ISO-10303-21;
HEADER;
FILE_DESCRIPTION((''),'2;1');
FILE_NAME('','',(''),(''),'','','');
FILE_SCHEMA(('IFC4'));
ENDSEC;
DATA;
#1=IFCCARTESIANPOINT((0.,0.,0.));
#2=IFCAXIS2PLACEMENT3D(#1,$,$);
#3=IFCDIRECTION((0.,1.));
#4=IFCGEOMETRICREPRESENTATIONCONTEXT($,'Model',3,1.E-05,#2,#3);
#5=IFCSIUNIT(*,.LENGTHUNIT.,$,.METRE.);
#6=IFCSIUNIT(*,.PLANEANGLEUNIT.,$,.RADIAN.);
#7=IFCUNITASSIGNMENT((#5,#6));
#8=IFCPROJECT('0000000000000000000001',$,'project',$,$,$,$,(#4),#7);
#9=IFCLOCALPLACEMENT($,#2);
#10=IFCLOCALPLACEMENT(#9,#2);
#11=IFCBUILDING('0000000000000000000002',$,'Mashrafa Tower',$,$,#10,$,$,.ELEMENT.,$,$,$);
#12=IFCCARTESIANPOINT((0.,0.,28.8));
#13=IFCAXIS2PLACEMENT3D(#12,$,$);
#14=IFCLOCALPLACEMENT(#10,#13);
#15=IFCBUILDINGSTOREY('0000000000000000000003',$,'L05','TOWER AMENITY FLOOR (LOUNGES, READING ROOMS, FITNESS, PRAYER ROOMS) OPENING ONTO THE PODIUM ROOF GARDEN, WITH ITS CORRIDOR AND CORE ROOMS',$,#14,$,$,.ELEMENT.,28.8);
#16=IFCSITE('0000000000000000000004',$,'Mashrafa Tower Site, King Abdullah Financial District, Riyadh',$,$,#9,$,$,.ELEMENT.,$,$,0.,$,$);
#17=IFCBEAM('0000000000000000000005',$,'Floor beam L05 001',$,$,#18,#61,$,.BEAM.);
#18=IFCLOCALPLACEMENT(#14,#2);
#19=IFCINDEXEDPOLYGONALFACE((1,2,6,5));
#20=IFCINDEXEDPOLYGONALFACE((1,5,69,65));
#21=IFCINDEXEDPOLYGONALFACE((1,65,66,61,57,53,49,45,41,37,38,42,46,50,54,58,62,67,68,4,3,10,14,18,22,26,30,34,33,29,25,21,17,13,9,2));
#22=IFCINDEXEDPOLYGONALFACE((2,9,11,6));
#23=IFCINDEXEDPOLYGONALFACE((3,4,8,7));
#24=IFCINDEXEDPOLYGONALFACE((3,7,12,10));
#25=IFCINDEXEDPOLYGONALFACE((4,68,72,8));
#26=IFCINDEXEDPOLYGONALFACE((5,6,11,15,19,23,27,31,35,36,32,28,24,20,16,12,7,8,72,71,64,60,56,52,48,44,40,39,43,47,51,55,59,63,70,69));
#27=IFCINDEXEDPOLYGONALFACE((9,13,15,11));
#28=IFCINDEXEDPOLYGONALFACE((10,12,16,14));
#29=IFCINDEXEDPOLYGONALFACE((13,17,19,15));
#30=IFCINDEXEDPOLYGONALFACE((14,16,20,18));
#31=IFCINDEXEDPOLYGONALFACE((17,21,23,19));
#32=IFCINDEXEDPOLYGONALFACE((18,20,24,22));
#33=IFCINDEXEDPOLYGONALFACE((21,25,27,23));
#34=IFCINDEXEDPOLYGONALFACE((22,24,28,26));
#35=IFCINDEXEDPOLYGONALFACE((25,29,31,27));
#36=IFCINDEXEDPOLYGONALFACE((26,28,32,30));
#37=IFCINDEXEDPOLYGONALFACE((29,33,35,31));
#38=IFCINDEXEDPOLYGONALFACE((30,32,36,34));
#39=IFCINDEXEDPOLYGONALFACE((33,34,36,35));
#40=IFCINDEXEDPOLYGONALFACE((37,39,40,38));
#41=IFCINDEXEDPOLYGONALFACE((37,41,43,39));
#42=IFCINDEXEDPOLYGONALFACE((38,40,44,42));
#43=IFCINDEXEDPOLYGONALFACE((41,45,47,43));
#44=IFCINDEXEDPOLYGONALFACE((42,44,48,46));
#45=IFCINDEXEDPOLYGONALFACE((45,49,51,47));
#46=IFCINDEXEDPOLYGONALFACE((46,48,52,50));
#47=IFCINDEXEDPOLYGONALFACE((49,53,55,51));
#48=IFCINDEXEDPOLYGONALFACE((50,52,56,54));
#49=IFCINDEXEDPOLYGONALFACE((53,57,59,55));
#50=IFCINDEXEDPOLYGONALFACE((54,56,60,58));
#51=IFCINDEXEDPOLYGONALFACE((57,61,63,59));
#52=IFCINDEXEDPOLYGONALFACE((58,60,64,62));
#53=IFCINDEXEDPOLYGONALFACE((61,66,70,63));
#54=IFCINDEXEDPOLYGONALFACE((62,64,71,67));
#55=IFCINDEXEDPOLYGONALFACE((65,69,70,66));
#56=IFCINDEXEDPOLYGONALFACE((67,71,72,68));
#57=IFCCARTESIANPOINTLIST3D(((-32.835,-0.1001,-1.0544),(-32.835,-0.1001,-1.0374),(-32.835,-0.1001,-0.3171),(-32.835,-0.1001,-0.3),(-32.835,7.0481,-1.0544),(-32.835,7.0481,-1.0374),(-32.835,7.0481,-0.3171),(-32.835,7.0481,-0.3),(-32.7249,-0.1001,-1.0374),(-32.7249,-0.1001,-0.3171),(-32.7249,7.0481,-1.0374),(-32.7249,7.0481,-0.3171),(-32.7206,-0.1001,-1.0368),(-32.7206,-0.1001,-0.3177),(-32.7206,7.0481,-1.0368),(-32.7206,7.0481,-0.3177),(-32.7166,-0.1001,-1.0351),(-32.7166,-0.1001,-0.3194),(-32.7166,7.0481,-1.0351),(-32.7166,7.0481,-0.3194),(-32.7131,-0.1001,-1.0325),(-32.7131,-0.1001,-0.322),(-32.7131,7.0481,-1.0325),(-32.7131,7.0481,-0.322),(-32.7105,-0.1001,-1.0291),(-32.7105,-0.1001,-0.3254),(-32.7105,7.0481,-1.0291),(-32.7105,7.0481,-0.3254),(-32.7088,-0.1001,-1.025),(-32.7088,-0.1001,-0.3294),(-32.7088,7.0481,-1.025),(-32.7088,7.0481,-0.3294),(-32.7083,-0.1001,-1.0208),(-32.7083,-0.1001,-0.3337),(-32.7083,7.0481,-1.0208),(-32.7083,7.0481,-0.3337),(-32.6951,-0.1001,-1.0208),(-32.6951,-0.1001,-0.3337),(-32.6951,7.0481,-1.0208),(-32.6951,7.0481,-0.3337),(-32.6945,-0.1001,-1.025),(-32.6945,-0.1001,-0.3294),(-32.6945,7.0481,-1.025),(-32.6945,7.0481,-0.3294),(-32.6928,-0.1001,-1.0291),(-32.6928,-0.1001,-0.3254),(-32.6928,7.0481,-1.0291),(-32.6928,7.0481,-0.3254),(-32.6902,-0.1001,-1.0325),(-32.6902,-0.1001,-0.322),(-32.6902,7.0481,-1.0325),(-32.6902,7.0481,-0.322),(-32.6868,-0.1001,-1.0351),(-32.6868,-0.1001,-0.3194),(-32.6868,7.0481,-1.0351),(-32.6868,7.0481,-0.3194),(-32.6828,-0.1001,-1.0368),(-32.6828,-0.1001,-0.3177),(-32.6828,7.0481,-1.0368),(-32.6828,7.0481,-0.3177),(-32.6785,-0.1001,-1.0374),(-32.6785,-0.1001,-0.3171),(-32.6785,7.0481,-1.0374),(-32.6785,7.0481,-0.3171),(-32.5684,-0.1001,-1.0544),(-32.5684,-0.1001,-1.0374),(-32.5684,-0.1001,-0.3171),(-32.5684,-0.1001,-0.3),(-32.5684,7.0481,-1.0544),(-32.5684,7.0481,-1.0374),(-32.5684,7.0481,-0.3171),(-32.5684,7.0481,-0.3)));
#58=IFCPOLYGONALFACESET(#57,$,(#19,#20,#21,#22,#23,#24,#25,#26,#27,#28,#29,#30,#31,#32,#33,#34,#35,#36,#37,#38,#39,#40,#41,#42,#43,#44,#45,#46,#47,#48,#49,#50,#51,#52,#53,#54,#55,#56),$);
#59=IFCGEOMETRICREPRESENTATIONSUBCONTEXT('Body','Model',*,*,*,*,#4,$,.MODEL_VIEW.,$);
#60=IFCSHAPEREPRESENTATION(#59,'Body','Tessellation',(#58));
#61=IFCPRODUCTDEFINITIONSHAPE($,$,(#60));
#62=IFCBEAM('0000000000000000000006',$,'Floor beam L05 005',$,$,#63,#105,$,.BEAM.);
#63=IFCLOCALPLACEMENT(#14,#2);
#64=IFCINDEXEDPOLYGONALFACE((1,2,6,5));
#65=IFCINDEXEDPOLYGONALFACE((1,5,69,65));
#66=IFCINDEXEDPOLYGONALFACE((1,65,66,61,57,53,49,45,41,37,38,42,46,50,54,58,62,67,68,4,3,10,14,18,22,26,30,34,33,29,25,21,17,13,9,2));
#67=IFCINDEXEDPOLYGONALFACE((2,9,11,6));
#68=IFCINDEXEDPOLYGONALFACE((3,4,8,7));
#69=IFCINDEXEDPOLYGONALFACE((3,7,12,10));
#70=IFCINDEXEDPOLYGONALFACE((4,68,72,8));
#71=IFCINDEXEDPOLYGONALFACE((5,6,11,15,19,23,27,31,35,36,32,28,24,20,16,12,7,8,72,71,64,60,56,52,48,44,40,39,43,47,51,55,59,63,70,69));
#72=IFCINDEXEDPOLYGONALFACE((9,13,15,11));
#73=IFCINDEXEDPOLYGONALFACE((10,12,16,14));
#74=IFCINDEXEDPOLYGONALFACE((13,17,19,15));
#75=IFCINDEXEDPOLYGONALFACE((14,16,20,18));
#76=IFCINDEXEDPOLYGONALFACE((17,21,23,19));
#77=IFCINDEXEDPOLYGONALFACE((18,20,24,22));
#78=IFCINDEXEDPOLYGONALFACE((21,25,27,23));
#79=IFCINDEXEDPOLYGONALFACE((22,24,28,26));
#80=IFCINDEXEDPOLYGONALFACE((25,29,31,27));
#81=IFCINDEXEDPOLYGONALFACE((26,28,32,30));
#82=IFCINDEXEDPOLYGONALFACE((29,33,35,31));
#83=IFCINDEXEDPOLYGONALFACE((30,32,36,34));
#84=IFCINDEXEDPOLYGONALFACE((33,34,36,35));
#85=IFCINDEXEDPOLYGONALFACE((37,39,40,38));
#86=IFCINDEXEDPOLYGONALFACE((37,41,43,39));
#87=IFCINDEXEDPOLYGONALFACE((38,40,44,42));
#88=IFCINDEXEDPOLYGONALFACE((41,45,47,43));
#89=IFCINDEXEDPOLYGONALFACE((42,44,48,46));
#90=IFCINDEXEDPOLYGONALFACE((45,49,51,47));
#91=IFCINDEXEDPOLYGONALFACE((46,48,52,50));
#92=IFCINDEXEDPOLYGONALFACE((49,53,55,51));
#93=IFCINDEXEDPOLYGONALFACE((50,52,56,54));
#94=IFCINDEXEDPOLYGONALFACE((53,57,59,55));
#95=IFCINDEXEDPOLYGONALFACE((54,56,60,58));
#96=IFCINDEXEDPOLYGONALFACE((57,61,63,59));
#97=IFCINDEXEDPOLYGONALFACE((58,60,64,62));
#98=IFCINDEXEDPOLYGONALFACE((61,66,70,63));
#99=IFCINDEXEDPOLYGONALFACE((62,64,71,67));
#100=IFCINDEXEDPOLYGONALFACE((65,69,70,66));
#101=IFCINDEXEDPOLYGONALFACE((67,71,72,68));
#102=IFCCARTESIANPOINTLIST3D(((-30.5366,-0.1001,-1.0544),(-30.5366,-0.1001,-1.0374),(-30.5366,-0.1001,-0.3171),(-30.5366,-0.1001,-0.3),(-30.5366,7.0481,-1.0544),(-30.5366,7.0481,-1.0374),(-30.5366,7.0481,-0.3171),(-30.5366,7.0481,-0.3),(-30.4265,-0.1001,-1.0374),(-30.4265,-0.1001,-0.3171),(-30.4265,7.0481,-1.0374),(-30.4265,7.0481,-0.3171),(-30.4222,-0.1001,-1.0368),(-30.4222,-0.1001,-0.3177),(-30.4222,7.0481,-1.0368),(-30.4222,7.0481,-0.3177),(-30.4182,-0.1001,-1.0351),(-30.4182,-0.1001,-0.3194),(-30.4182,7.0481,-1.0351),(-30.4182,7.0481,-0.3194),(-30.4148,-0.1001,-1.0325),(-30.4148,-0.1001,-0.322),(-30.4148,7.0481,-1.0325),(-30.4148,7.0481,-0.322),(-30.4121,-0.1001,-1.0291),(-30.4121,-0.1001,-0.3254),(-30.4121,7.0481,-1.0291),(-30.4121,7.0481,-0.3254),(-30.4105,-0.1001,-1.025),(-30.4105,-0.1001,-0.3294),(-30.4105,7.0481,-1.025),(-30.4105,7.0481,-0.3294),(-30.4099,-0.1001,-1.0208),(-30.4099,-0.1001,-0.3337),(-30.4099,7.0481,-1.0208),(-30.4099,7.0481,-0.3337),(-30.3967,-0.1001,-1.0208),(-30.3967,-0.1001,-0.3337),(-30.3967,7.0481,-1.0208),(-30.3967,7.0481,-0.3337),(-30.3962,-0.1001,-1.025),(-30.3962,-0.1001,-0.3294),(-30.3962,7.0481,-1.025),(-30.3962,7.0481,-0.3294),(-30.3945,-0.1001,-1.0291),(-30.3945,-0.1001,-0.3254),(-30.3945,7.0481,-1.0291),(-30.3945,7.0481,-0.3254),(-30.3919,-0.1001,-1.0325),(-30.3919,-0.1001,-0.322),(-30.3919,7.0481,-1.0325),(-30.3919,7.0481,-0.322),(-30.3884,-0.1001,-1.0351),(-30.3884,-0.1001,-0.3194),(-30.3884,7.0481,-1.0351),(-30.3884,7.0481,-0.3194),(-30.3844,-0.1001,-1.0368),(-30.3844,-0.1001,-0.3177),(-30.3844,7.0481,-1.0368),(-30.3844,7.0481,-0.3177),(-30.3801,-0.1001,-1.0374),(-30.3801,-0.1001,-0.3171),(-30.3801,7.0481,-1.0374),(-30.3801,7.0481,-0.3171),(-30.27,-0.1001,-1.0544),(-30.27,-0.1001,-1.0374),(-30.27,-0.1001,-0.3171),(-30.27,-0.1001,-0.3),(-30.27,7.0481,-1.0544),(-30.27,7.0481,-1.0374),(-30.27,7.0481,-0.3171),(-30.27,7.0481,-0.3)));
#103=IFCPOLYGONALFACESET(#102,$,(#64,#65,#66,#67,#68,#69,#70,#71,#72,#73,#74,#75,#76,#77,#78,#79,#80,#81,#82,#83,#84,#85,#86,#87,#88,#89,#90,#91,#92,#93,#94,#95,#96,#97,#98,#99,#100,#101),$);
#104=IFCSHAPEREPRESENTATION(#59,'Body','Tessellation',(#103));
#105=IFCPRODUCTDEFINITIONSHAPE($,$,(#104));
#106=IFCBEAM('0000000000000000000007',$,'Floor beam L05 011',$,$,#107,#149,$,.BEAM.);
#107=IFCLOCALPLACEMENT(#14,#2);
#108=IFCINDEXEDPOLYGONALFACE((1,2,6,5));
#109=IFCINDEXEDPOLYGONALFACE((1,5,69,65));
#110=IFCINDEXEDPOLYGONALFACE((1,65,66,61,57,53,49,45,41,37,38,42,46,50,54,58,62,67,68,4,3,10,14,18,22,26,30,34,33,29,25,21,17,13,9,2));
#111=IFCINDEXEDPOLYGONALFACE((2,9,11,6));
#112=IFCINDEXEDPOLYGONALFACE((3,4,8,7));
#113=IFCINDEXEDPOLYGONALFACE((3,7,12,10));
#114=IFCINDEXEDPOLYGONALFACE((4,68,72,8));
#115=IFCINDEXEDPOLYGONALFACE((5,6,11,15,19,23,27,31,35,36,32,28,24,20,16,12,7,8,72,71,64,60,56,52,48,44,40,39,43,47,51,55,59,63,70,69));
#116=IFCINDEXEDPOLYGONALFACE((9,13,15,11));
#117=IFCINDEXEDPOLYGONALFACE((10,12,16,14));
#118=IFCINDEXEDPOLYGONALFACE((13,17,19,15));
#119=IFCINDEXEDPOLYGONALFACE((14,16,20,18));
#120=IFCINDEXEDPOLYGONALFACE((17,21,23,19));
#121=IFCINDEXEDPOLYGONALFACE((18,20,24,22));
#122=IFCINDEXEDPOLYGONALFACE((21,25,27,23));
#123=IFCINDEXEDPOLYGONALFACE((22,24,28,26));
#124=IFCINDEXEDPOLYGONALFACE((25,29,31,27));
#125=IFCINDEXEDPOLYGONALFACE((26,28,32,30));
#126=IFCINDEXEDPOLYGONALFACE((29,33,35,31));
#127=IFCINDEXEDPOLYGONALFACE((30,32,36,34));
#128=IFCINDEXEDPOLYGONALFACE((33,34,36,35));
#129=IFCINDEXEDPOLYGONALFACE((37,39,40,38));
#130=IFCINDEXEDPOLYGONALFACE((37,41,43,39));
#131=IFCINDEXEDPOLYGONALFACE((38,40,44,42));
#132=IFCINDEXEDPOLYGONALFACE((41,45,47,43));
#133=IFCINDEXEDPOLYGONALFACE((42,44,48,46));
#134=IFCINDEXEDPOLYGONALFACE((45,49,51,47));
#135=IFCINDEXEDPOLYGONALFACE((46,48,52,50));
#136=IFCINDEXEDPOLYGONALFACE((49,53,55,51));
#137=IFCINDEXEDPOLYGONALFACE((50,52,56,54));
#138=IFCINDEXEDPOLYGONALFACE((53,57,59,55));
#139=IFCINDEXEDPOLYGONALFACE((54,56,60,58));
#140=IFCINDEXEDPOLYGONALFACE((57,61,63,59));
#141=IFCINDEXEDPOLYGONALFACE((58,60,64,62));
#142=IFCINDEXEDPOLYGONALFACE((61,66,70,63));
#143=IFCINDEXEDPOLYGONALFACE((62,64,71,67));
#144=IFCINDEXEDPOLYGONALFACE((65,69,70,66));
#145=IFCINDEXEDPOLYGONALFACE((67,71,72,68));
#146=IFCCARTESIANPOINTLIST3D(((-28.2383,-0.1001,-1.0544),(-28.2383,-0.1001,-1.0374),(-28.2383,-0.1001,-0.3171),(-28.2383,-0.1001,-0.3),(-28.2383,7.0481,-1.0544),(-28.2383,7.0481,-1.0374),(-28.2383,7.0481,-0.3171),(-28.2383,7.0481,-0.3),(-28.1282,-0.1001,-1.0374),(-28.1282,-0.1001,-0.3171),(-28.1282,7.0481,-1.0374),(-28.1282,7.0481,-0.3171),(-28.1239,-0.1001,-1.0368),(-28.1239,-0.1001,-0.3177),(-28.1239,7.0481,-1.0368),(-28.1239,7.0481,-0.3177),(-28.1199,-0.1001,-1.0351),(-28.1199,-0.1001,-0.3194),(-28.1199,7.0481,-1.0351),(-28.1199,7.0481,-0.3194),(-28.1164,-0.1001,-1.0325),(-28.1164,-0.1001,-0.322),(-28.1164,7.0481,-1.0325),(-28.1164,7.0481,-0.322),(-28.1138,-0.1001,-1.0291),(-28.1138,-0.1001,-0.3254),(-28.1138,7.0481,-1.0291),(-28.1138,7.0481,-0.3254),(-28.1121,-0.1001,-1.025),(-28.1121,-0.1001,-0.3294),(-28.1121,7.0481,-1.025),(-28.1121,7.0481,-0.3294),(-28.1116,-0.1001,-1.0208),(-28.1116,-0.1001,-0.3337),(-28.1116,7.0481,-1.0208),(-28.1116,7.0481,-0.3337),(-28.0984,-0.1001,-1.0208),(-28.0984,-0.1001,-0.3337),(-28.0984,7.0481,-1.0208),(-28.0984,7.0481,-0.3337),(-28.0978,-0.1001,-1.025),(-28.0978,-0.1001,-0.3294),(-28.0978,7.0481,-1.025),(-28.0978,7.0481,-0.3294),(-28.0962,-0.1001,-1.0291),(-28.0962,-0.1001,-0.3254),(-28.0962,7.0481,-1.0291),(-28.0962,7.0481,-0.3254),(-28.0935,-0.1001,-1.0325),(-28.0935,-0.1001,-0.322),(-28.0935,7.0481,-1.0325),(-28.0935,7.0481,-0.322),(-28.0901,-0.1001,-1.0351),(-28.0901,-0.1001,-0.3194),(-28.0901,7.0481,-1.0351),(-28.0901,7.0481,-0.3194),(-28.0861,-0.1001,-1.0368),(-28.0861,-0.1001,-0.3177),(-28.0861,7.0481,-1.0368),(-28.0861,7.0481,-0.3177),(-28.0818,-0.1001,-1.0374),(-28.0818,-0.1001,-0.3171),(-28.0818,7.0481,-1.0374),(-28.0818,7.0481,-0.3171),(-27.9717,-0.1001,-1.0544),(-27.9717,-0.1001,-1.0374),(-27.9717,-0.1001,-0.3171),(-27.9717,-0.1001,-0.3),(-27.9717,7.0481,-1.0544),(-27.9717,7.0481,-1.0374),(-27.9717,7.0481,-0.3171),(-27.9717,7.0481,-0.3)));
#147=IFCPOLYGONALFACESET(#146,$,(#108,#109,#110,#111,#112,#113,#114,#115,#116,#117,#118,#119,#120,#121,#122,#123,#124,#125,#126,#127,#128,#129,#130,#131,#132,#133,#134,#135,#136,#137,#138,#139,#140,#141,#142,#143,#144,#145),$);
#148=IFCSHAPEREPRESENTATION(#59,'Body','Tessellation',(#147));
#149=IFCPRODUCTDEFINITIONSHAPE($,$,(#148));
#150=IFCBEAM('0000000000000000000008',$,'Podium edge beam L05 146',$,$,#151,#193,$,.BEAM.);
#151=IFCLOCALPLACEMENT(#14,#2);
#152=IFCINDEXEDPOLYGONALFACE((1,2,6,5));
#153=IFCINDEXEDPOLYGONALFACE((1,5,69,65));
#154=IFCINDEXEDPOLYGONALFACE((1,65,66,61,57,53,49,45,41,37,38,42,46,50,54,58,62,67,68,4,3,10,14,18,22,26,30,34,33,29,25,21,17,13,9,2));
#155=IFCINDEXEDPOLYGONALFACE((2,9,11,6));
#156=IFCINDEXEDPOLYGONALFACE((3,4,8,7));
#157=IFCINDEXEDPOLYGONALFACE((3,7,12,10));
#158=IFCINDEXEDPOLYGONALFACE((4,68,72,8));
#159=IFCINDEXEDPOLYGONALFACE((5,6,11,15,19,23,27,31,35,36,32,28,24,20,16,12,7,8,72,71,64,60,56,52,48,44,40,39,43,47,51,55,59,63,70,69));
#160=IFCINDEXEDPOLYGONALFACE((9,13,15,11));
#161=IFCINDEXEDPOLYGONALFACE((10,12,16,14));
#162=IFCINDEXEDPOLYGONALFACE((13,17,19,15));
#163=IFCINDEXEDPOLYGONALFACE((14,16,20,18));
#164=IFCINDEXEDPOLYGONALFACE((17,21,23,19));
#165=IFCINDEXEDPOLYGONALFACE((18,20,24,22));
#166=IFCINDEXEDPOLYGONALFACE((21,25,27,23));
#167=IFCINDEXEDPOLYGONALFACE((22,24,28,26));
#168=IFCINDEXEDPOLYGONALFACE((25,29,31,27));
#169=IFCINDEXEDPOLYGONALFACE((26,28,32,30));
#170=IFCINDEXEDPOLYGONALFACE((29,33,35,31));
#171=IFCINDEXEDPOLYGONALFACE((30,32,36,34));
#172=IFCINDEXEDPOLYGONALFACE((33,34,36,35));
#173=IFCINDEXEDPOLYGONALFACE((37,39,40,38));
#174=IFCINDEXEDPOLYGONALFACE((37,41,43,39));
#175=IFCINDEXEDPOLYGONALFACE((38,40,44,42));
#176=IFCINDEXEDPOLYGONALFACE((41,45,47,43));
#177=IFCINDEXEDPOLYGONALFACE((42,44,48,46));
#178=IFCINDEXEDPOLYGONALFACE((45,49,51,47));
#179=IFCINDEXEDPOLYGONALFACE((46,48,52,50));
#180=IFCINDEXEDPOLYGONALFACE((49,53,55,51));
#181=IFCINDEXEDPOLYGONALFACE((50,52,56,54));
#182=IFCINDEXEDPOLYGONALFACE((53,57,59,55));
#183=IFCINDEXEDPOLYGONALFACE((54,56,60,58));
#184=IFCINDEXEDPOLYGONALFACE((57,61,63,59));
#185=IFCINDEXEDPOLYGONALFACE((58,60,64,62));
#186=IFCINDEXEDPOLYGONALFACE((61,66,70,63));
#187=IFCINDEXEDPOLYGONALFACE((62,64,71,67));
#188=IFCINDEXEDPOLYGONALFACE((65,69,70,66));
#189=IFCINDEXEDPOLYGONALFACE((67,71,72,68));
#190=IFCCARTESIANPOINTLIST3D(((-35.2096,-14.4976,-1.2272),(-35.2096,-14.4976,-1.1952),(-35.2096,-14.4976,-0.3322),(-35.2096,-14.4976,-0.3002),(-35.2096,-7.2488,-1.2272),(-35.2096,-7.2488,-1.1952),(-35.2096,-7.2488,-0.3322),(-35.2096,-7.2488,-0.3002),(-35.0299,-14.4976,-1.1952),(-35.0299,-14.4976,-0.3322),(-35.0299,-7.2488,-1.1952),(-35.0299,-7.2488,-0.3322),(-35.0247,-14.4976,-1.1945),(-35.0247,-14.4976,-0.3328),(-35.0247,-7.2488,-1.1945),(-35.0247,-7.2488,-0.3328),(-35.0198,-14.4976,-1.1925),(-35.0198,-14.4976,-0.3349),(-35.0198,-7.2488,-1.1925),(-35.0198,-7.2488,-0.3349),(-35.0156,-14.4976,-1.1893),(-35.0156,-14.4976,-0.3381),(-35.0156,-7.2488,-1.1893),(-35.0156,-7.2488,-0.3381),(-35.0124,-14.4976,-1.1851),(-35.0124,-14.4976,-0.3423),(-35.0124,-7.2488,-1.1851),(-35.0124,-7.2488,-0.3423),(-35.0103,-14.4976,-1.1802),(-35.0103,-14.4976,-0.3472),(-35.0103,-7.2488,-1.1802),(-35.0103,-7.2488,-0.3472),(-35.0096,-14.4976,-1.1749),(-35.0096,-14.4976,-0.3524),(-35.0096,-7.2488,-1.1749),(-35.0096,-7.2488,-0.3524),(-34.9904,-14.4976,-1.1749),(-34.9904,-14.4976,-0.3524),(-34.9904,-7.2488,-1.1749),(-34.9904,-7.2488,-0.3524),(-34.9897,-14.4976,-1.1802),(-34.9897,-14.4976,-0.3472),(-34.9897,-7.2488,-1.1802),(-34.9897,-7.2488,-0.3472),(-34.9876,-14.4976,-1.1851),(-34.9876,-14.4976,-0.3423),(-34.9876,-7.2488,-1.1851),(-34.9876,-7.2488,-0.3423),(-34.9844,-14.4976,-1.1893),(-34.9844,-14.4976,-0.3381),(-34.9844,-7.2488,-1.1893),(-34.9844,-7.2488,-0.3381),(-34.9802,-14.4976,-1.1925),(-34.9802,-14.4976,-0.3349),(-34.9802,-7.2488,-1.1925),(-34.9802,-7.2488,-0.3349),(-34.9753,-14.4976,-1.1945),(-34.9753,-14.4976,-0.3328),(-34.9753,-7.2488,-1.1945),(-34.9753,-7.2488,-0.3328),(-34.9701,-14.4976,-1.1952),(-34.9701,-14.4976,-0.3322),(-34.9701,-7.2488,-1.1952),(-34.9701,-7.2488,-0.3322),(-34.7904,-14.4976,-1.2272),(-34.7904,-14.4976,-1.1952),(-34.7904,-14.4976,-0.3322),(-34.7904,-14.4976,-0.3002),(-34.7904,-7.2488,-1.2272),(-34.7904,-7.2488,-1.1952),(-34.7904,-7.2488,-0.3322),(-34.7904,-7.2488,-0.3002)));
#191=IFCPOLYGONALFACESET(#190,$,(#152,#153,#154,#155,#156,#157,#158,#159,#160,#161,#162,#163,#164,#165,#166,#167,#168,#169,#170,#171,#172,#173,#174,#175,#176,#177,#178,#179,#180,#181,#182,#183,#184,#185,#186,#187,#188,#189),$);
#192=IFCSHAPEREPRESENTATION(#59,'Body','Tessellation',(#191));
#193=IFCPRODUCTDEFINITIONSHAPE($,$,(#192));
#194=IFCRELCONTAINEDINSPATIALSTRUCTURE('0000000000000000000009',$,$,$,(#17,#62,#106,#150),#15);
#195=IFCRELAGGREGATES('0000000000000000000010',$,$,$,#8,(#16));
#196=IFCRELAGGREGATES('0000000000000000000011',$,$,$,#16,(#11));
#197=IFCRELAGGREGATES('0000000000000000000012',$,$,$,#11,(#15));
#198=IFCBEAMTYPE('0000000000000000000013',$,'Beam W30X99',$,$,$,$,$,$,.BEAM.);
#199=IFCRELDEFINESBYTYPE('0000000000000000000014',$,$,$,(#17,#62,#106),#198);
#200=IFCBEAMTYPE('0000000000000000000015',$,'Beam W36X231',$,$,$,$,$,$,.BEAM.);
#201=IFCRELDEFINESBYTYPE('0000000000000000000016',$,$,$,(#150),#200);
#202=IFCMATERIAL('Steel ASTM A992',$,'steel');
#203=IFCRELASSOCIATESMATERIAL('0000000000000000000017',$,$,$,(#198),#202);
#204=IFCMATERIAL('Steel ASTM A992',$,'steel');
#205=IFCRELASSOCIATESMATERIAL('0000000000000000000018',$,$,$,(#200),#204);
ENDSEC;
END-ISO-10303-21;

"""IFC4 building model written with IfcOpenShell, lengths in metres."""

from ifc_helpers import new_model, si_unit, direction, frame, origin, origin_2d, place, context, subcontext, project, spatial, i_section, extrude, material, material_profile, profile_set, type_object, element, save


model = new_model("IFC4")

# Units and contexts
model_context = context("Model", 3, precision=1e-05, world=origin(), true_north=direction((0.0, 1.0)))
body_context = subcontext(model_context, "Body", "Model", "MODEL_VIEW")
ifc_project = project(units=[si_unit("LENGTHUNIT", "METRE"), si_unit("PLANEANGLEUNIT", "RADIAN")], contexts=[model_context])

# Site, building, storey
site_placement = place(None, origin())
site = spatial("IfcSite", under=ifc_project, at=site_placement, Name="Mashrafa Tower Site, King Abdullah Financial District, Riyadh", CompositionType="ELEMENT", RefElevation=0.0)
building_placement = place(site_placement, origin())
building = spatial("IfcBuilding", under=site, at=building_placement, Name="Mashrafa Tower", CompositionType="ELEMENT")
storey_placement = place(building_placement, frame((0.0, 0.0, 28.8)))
storey = spatial("IfcBuildingStorey", under=building, at=storey_placement, Name="L05", Description="TOWER AMENITY FLOOR (LOUNGES, READING ROOMS, FITNESS, PRAYER ROOMS) OPENING ONTO THE PODIUM ROOF GARDEN, WITH ITS CORRIDOR AND CORE ROOMS", CompositionType="ELEMENT", Elevation=28.8)

# Beams
ifc_material_1 = material(Name="Steel ASTM A992", Category="steel")
ifc_material_profile_1 = material_profile(ifc_material_1, i_section(OverallWidth=0.2666, OverallDepth=0.7544, WebThickness=0.0132, FlangeThickness=0.0171, FilletRadius=0.0166, at=origin_2d()), Name="W30X99")
ifc_profile_set_1 = profile_set([ifc_material_profile_1], Name="Steel ASTM A992")
beam_type_1 = type_object("IfcBeamType", Name="Beam W30X99", PredefinedType="BEAM", material=ifc_profile_set_1)
for number, where, z_axis, x_axis, name in (
    (1, (-32.7017, -0.1001, -0.6772), (0.0, 1.0, 0.0), (-1.0, 0.0, 0.0), "Floor beam L05 001"),
    (2, (-30.4033, -0.1001, -0.6772), (0.0, 1.0, 0.0), (-1.0, 0.0, 0.0), "Floor beam L05 005"),
    (3, (-28.105, -0.1001, -0.6772), (0.0, 1.0, 0.0), (-1.0, 0.0, 0.0), "Floor beam L05 011"),
):
    element("IfcBeam", number, at=place(storey_placement, frame(where, z_axis=z_axis, x_axis=x_axis)), inside=storey, type_object=beam_type_1, Name=name, PredefinedType="BEAM", context=body_context, shape_type="SweptSolid", body=[
        extrude(i_section(OverallWidth=0.2666, OverallDepth=0.7544, WebThickness=0.0132, FlangeThickness=0.0171, FilletRadius=0.0166, at=origin_2d()), origin(), (0.0, 0.0, 1.0), 7.1482),
    ])
ifc_material_2 = material(Name="Steel ASTM A992", Category="steel")
ifc_material_profile_2 = material_profile(ifc_material_2, i_section(OverallWidth=0.4192, OverallDepth=0.927, WebThickness=0.0193, FlangeThickness=0.032, FilletRadius=0.0203, at=origin_2d()), Name="W36X231")
ifc_profile_set_2 = profile_set([ifc_material_profile_2], Name="Steel ASTM A992")
beam_type_2 = type_object("IfcBeamType", Name="Beam W36X231", PredefinedType="BEAM", material=ifc_profile_set_2)
for number, where, z_axis, x_axis, name in (
    (4, (-35.0, -7.2488, -0.7637), (0.0, -1.0, 0.0), (1.0, 0.0, 0.0), "Podium edge beam L05 146"),
):
    element("IfcBeam", number, at=place(storey_placement, frame(where, z_axis=z_axis, x_axis=x_axis)), inside=storey, type_object=beam_type_2, Name=name, PredefinedType="BEAM", context=body_context, shape_type="SweptSolid", body=[
        extrude(i_section(OverallWidth=0.4192, OverallDepth=0.927, WebThickness=0.0193, FlangeThickness=0.032, FilletRadius=0.0203, at=origin_2d()), origin(), (0.0, 0.0, 1.0), 7.2488),
    ])

save(model, "model.ifc")
